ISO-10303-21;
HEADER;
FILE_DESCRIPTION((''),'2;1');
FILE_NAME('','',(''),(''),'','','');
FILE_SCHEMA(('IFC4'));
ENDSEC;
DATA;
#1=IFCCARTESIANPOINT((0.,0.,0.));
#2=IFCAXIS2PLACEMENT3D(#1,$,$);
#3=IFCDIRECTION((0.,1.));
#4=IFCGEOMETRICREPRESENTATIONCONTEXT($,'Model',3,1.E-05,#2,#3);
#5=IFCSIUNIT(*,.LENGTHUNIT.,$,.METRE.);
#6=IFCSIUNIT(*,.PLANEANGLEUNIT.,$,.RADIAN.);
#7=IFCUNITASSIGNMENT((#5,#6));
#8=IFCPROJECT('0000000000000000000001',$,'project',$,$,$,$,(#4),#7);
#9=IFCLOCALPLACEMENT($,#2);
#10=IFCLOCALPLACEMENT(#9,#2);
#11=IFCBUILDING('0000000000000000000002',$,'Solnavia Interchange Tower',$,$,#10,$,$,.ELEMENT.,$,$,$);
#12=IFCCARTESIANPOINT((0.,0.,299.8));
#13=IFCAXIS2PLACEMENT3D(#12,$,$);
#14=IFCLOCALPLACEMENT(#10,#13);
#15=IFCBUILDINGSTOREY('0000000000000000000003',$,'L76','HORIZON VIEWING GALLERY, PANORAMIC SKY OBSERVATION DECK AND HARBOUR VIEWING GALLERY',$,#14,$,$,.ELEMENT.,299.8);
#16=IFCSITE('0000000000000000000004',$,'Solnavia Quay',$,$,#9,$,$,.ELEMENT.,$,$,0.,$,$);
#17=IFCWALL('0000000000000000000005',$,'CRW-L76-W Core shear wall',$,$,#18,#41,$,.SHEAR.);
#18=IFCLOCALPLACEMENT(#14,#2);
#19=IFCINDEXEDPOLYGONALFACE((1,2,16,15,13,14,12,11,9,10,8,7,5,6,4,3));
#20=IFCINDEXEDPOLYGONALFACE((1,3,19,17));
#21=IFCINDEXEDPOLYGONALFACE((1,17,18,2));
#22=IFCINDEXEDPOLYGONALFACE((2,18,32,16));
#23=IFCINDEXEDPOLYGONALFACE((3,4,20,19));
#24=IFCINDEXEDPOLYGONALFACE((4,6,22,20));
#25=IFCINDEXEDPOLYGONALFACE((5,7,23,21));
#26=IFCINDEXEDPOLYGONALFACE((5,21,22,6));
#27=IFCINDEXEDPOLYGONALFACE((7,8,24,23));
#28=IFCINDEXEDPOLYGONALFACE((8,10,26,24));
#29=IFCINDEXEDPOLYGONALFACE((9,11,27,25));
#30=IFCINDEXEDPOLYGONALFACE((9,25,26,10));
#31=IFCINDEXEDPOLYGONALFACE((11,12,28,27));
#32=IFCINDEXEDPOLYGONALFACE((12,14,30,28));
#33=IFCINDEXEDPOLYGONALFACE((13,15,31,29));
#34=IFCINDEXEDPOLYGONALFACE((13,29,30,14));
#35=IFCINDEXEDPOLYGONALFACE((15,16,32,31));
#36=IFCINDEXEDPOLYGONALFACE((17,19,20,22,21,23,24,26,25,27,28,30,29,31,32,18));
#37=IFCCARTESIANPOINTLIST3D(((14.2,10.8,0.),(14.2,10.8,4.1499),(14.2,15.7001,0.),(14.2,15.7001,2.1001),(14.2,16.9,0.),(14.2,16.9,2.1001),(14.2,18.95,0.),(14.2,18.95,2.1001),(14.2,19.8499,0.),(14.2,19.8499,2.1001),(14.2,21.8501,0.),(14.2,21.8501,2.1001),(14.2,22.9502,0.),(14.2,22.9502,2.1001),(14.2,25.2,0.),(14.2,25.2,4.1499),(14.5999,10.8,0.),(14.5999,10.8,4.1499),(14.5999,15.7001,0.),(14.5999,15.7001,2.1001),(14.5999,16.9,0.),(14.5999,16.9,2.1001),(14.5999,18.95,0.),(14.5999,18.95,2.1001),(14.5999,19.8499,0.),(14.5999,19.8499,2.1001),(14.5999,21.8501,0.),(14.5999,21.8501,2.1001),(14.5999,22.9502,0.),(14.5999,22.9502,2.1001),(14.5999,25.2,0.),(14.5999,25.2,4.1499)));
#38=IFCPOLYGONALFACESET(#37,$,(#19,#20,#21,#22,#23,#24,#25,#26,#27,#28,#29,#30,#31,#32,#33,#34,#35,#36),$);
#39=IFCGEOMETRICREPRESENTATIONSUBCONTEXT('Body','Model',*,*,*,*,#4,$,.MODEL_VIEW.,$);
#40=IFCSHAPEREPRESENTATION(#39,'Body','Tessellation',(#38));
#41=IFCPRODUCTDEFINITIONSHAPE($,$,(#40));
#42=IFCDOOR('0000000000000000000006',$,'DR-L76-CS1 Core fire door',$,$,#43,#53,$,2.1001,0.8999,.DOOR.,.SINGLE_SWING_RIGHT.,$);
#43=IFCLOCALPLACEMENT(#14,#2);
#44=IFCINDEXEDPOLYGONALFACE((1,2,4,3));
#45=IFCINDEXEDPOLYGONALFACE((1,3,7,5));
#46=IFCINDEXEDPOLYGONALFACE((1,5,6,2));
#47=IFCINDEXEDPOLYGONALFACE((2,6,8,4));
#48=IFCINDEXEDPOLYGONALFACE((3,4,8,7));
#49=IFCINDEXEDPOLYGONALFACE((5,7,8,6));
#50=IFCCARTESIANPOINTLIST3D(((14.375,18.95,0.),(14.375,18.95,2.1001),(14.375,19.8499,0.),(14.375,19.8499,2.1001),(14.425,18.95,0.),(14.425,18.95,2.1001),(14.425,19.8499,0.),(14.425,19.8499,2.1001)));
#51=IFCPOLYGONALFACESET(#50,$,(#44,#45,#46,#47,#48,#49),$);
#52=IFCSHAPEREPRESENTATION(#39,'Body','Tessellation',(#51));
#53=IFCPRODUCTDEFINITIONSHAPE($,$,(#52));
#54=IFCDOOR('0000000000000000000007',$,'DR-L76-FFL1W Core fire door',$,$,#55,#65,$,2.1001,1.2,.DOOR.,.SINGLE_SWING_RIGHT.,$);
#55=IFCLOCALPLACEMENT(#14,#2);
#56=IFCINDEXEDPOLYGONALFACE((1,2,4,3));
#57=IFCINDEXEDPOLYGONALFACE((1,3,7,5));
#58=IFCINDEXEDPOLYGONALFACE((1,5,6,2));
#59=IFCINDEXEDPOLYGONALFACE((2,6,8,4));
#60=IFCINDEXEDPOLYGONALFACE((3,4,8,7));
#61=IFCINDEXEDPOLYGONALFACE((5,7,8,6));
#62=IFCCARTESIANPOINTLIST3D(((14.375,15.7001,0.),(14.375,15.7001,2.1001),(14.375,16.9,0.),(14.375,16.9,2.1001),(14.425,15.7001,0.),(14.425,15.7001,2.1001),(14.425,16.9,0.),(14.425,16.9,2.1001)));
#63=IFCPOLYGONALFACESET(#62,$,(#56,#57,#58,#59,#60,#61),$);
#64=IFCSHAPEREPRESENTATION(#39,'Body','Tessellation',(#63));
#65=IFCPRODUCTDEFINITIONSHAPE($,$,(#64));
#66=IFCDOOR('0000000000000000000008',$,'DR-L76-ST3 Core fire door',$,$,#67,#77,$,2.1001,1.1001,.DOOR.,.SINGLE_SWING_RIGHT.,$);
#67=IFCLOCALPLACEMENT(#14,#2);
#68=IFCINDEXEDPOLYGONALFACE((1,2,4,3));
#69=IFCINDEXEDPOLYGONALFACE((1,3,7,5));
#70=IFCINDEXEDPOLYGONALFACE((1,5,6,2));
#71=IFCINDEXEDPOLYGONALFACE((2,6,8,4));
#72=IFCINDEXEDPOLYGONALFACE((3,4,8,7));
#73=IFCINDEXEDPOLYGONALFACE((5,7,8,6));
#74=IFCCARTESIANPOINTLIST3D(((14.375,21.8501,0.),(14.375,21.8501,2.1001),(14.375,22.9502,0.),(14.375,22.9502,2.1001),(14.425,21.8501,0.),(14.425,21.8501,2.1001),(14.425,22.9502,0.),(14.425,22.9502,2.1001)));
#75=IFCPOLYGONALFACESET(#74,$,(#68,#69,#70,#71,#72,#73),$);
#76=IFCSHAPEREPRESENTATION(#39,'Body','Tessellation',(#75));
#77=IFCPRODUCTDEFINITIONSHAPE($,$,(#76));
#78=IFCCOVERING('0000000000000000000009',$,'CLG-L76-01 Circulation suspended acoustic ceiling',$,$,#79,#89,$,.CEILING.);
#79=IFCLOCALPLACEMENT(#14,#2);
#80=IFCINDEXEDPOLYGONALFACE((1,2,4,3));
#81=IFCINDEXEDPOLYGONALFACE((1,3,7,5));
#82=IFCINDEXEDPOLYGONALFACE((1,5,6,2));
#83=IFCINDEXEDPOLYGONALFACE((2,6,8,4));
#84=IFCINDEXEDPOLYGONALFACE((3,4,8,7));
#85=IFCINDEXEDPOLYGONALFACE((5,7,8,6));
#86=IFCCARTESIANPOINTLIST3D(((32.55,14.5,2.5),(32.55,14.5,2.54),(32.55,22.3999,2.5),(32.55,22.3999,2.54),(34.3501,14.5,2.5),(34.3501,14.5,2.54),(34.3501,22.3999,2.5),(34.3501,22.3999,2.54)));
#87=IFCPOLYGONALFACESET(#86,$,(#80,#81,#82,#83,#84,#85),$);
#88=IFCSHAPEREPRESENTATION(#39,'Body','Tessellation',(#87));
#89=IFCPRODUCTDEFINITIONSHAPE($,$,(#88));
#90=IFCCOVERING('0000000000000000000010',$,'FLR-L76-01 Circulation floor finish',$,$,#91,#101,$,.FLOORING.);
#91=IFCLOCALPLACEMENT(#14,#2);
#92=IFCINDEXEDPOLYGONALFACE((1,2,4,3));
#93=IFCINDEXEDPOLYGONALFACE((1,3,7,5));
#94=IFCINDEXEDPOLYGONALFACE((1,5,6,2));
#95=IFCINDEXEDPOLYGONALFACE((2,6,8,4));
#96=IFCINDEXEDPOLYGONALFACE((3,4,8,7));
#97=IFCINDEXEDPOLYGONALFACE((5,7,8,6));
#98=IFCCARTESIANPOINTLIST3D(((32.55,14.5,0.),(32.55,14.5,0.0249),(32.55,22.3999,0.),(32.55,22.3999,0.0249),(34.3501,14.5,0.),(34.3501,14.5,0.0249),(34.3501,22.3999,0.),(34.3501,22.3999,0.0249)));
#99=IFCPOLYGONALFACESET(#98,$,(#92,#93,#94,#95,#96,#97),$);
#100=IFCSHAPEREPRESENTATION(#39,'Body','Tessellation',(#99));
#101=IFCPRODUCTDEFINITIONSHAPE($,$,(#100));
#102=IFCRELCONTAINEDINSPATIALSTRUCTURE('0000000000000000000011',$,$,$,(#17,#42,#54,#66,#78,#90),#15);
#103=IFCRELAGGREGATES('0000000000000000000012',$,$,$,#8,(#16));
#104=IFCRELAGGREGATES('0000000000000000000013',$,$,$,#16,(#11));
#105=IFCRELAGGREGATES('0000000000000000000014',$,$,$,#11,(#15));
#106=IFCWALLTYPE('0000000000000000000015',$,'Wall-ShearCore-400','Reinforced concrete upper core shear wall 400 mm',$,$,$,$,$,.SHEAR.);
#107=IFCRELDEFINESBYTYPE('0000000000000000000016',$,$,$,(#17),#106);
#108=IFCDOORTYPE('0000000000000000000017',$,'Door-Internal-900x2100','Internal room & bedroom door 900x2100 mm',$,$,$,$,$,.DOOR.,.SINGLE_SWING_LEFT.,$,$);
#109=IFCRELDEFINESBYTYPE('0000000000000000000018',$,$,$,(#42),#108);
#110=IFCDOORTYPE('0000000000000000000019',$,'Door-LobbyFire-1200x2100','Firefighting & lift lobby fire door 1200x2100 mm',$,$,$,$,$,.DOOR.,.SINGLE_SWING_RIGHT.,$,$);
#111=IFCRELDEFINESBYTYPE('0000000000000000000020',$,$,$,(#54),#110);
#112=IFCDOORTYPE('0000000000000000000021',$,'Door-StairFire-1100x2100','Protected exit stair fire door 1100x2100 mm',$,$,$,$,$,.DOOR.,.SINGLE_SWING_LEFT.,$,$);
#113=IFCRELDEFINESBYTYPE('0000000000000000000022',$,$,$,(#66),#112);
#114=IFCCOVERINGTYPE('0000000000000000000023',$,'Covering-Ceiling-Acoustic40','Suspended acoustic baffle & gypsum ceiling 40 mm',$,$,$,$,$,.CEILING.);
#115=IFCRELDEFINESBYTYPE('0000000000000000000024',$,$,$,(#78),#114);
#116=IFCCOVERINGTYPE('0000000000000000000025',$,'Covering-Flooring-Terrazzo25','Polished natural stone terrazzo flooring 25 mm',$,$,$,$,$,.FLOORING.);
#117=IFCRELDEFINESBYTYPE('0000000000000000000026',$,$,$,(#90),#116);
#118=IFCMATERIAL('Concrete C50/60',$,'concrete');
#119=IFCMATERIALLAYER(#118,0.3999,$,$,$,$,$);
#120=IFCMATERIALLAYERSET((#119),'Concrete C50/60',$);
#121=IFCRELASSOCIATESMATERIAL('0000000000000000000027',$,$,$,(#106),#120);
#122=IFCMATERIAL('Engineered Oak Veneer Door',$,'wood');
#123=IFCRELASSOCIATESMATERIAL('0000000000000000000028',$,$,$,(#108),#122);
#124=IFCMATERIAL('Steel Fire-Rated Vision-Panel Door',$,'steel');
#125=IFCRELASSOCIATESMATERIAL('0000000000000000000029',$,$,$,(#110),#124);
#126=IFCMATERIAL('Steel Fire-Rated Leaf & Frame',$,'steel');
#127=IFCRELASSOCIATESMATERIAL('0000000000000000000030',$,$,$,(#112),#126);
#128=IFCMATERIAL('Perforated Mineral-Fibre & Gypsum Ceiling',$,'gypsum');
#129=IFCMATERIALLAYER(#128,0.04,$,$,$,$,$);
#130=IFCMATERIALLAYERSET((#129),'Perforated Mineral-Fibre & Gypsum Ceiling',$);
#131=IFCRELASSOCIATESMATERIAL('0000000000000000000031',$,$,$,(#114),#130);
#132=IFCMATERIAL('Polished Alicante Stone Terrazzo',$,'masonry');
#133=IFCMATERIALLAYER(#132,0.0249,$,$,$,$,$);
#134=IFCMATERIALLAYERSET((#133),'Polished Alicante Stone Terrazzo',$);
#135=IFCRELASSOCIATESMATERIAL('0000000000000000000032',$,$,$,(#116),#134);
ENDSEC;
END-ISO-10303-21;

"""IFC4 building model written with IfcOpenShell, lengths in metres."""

from ifc_helpers import new_model, si_unit, direction, frame, frame_2d, origin, place, context, subcontext, project, spatial, polyline, rectangle, outline, extrude, material, layer, layer_set, type_object, element, fill, save


model = new_model("IFC4")

# Units and contexts
model_context = context("Model", 3, precision=1e-05, world=origin(), true_north=direction((0.0, 1.0)))
body_context = subcontext(model_context, "Body", "Model", "MODEL_VIEW")
ifc_project = project(units=[si_unit("LENGTHUNIT", "METRE"), si_unit("PLANEANGLEUNIT", "RADIAN")], contexts=[model_context])

# Site, building, storey
site_placement = place(None, origin())
site = spatial("IfcSite", under=ifc_project, at=site_placement, Name="Solnavia Quay", CompositionType="ELEMENT", RefElevation=0.0)
building_placement = place(site_placement, origin())
building = spatial("IfcBuilding", under=site, at=building_placement, Name="Solnavia Interchange Tower", CompositionType="ELEMENT")
storey_placement = place(building_placement, frame((0.0, 0.0, 299.8)))
storey = spatial("IfcBuildingStorey", under=building, at=storey_placement, Name="L76", Description="HORIZON VIEWING GALLERY, PANORAMIC SKY OBSERVATION DECK AND HARBOUR VIEWING GALLERY", CompositionType="ELEMENT", Elevation=299.8)

# Shared definitions
ifc_material_1 = material(Name="Concrete C50/60", Category="concrete")

# Shared definitions
ifc_layer_1 = layer(ifc_material_1, 0.3999)
ifc_layer_set_1 = layer_set([ifc_layer_1], Name="Concrete C50/60")
wall_type_1 = type_object("IfcWallType", Name="Wall-ShearCore-400", Description="Reinforced concrete upper core shear wall 400 mm", PredefinedType="SHEAR", material=ifc_layer_set_1)

# Wall, openings, doors
wall_1_placement = place(storey_placement, frame((14.3999, 10.8, 0.0), z_axis=(0.0, 0.0, 1.0), x_axis=(0.0, 1.0, 0.0)))
wall_1 = element("IfcWall", 1, at=wall_1_placement, inside=storey, type_object=wall_type_1, Name="CRW-L76-W Core shear wall", PredefinedType="SHEAR", context=body_context, shape_type="SweptSolid", body=[
    extrude(rectangle(XDim=14.3999, YDim=0.3999, at=frame_2d((7.2, 0.0))), origin(), (0.0, 0.0, 1.0), 4.1499),
])
opening_1_placement = place(wall_1_placement, frame((11.05, 0.0, 0.0)))
opening_1 = element("IfcOpeningElement", 2, at=opening_1_placement, cuts=wall_1, PredefinedType="OPENING", context=body_context, shape_type="SweptSolid", body=[
    extrude(rectangle(XDim=1.1001, YDim=2.1001, at=frame_2d((0.55, 1.05))), frame((0.0, 0.21, 0.0), z_axis=(0.0, -1.0, 0.0), x_axis=(1.0, 0.0, 0.0)), (0.0, 0.0, 1.0), 0.4199),
])
opening_2_placement = place(wall_1_placement, frame((4.8999, 0.0, 0.0)))
opening_2 = element("IfcOpeningElement", 3, at=opening_2_placement, cuts=wall_1, PredefinedType="OPENING", context=body_context, shape_type="SweptSolid", body=[
    extrude(rectangle(XDim=1.2, YDim=2.1001, at=frame_2d((0.6001, 1.05))), frame((0.0, 0.21, 0.0), z_axis=(0.0, -1.0, 0.0), x_axis=(1.0, 0.0, 0.0)), (0.0, 0.0, 1.0), 0.4199),
])
opening_3_placement = place(wall_1_placement, frame((8.1499, 0.0, 0.0)))
opening_3 = element("IfcOpeningElement", 4, at=opening_3_placement, cuts=wall_1, PredefinedType="OPENING", context=body_context, shape_type="SweptSolid", body=[
    extrude(rectangle(XDim=0.8999, YDim=2.1001, at=frame_2d((0.45, 1.05))), frame((0.0, 0.21, 0.0), z_axis=(0.0, -1.0, 0.0), x_axis=(1.0, 0.0, 0.0)), (0.0, 0.0, 1.0), 0.4199),
])
ifc_material_2 = material(Name="Engineered Oak Veneer Door", Category="wood")
door_type_1 = type_object("IfcDoorType", Name="Door-Internal-900x2100", Description="Internal room & bedroom door 900x2100 mm", OperationType="SINGLE_SWING_LEFT", PredefinedType="DOOR", material=ifc_material_2)
door_1_placement = place(opening_3_placement, origin())
door_1 = element("IfcDoor", 5, at=door_1_placement, inside=storey, type_object=door_type_1, Name="DR-L76-CS1 Core fire door", OperationType="SINGLE_SWING_RIGHT", OverallHeight=2.1001, OverallWidth=0.8999, PredefinedType="DOOR", context=body_context, shape_type="SweptSolid", body=[
    extrude(rectangle(XDim=0.8999, YDim=2.1001, at=frame_2d((0.45, 1.05))), frame((0.0, 0.0249, 0.0), z_axis=(0.0, -1.0, 0.0), x_axis=(1.0, 0.0, 0.0)), (0.0, 0.0, 1.0), 0.05),
])
fill(opening_3, door_1)
ifc_material_3 = material(Name="Steel Fire-Rated Vision-Panel Door", Category="steel")
door_type_2 = type_object("IfcDoorType", Name="Door-LobbyFire-1200x2100", Description="Firefighting & lift lobby fire door 1200x2100 mm", OperationType="SINGLE_SWING_RIGHT", PredefinedType="DOOR", material=ifc_material_3)
door_2_placement = place(opening_2_placement, origin())
door_2 = element("IfcDoor", 6, at=door_2_placement, inside=storey, type_object=door_type_2, Name="DR-L76-FFL1W Core fire door", OperationType="SINGLE_SWING_RIGHT", OverallHeight=2.1001, OverallWidth=1.2, PredefinedType="DOOR", context=body_context, shape_type="SweptSolid", body=[
    extrude(rectangle(XDim=1.2, YDim=2.1001, at=frame_2d((0.6001, 1.05))), frame((0.0, 0.0249, 0.0), z_axis=(0.0, -1.0, 0.0), x_axis=(1.0, 0.0, 0.0)), (0.0, 0.0, 1.0), 0.05),
])
fill(opening_2, door_2)
ifc_material_4 = material(Name="Steel Fire-Rated Leaf & Frame", Category="steel")
door_type_3 = type_object("IfcDoorType", Name="Door-StairFire-1100x2100", Description="Protected exit stair fire door 1100x2100 mm", OperationType="SINGLE_SWING_LEFT", PredefinedType="DOOR", material=ifc_material_4)
door_3_placement = place(opening_1_placement, origin())
door_3 = element("IfcDoor", 7, at=door_3_placement, inside=storey, type_object=door_type_3, Name="DR-L76-ST3 Core fire door", OperationType="SINGLE_SWING_RIGHT", OverallHeight=2.1001, OverallWidth=1.1001, PredefinedType="DOOR", context=body_context, shape_type="SweptSolid", body=[
    extrude(rectangle(XDim=1.1001, YDim=2.1001, at=frame_2d((0.55, 1.05))), frame((0.0, 0.0249, 0.0), z_axis=(0.0, -1.0, 0.0), x_axis=(1.0, 0.0, 0.0)), (0.0, 0.0, 1.0), 0.05),
])
fill(opening_1, door_3)

# Coverings
ifc_material_5 = material(Name="Perforated Mineral-Fibre & Gypsum Ceiling", Category="gypsum")
ifc_layer_2 = layer(ifc_material_5, 0.04)
ifc_layer_set_2 = layer_set([ifc_layer_2], Name="Perforated Mineral-Fibre & Gypsum Ceiling")
covering_type_1 = type_object("IfcCoveringType", Name="Covering-Ceiling-Acoustic40", Description="Suspended acoustic baffle & gypsum ceiling 40 mm", PredefinedType="CEILING", material=ifc_layer_set_2)
covering_1_placement = place(storey_placement, frame((0.0, 0.0, 2.5)))
element("IfcCovering", 8, at=covering_1_placement, inside=storey, type_object=covering_type_1, Name="CLG-L76-01 Circulation suspended acoustic ceiling", PredefinedType="CEILING", context=body_context, shape_type="SweptSolid", body=[
    extrude(outline(polyline([(32.55, 14.5), (34.3501, 14.5), (34.3501, 22.3999), (32.55, 22.3999), (32.55, 14.5)])), origin(), (0.0, 0.0, 1.0), 0.04),
])
ifc_material_6 = material(Name="Polished Alicante Stone Terrazzo", Category="masonry")
ifc_layer_3 = layer(ifc_material_6, 0.0249)
ifc_layer_set_3 = layer_set([ifc_layer_3], Name="Polished Alicante Stone Terrazzo")
covering_type_2 = type_object("IfcCoveringType", Name="Covering-Flooring-Terrazzo25", Description="Polished natural stone terrazzo flooring 25 mm", PredefinedType="FLOORING", material=ifc_layer_set_3)
covering_2_placement = place(storey_placement, origin())
element("IfcCovering", 9, at=covering_2_placement, inside=storey, type_object=covering_type_2, Name="FLR-L76-01 Circulation floor finish", PredefinedType="FLOORING", context=body_context, shape_type="SweptSolid", body=[
    extrude(outline(polyline([(32.55, 14.5), (34.3501, 14.5), (34.3501, 22.3999), (32.55, 22.3999), (32.55, 14.5)])), origin(), (0.0, 0.0, 1.0), 0.0249),
])

save(model, "model.ifc")
